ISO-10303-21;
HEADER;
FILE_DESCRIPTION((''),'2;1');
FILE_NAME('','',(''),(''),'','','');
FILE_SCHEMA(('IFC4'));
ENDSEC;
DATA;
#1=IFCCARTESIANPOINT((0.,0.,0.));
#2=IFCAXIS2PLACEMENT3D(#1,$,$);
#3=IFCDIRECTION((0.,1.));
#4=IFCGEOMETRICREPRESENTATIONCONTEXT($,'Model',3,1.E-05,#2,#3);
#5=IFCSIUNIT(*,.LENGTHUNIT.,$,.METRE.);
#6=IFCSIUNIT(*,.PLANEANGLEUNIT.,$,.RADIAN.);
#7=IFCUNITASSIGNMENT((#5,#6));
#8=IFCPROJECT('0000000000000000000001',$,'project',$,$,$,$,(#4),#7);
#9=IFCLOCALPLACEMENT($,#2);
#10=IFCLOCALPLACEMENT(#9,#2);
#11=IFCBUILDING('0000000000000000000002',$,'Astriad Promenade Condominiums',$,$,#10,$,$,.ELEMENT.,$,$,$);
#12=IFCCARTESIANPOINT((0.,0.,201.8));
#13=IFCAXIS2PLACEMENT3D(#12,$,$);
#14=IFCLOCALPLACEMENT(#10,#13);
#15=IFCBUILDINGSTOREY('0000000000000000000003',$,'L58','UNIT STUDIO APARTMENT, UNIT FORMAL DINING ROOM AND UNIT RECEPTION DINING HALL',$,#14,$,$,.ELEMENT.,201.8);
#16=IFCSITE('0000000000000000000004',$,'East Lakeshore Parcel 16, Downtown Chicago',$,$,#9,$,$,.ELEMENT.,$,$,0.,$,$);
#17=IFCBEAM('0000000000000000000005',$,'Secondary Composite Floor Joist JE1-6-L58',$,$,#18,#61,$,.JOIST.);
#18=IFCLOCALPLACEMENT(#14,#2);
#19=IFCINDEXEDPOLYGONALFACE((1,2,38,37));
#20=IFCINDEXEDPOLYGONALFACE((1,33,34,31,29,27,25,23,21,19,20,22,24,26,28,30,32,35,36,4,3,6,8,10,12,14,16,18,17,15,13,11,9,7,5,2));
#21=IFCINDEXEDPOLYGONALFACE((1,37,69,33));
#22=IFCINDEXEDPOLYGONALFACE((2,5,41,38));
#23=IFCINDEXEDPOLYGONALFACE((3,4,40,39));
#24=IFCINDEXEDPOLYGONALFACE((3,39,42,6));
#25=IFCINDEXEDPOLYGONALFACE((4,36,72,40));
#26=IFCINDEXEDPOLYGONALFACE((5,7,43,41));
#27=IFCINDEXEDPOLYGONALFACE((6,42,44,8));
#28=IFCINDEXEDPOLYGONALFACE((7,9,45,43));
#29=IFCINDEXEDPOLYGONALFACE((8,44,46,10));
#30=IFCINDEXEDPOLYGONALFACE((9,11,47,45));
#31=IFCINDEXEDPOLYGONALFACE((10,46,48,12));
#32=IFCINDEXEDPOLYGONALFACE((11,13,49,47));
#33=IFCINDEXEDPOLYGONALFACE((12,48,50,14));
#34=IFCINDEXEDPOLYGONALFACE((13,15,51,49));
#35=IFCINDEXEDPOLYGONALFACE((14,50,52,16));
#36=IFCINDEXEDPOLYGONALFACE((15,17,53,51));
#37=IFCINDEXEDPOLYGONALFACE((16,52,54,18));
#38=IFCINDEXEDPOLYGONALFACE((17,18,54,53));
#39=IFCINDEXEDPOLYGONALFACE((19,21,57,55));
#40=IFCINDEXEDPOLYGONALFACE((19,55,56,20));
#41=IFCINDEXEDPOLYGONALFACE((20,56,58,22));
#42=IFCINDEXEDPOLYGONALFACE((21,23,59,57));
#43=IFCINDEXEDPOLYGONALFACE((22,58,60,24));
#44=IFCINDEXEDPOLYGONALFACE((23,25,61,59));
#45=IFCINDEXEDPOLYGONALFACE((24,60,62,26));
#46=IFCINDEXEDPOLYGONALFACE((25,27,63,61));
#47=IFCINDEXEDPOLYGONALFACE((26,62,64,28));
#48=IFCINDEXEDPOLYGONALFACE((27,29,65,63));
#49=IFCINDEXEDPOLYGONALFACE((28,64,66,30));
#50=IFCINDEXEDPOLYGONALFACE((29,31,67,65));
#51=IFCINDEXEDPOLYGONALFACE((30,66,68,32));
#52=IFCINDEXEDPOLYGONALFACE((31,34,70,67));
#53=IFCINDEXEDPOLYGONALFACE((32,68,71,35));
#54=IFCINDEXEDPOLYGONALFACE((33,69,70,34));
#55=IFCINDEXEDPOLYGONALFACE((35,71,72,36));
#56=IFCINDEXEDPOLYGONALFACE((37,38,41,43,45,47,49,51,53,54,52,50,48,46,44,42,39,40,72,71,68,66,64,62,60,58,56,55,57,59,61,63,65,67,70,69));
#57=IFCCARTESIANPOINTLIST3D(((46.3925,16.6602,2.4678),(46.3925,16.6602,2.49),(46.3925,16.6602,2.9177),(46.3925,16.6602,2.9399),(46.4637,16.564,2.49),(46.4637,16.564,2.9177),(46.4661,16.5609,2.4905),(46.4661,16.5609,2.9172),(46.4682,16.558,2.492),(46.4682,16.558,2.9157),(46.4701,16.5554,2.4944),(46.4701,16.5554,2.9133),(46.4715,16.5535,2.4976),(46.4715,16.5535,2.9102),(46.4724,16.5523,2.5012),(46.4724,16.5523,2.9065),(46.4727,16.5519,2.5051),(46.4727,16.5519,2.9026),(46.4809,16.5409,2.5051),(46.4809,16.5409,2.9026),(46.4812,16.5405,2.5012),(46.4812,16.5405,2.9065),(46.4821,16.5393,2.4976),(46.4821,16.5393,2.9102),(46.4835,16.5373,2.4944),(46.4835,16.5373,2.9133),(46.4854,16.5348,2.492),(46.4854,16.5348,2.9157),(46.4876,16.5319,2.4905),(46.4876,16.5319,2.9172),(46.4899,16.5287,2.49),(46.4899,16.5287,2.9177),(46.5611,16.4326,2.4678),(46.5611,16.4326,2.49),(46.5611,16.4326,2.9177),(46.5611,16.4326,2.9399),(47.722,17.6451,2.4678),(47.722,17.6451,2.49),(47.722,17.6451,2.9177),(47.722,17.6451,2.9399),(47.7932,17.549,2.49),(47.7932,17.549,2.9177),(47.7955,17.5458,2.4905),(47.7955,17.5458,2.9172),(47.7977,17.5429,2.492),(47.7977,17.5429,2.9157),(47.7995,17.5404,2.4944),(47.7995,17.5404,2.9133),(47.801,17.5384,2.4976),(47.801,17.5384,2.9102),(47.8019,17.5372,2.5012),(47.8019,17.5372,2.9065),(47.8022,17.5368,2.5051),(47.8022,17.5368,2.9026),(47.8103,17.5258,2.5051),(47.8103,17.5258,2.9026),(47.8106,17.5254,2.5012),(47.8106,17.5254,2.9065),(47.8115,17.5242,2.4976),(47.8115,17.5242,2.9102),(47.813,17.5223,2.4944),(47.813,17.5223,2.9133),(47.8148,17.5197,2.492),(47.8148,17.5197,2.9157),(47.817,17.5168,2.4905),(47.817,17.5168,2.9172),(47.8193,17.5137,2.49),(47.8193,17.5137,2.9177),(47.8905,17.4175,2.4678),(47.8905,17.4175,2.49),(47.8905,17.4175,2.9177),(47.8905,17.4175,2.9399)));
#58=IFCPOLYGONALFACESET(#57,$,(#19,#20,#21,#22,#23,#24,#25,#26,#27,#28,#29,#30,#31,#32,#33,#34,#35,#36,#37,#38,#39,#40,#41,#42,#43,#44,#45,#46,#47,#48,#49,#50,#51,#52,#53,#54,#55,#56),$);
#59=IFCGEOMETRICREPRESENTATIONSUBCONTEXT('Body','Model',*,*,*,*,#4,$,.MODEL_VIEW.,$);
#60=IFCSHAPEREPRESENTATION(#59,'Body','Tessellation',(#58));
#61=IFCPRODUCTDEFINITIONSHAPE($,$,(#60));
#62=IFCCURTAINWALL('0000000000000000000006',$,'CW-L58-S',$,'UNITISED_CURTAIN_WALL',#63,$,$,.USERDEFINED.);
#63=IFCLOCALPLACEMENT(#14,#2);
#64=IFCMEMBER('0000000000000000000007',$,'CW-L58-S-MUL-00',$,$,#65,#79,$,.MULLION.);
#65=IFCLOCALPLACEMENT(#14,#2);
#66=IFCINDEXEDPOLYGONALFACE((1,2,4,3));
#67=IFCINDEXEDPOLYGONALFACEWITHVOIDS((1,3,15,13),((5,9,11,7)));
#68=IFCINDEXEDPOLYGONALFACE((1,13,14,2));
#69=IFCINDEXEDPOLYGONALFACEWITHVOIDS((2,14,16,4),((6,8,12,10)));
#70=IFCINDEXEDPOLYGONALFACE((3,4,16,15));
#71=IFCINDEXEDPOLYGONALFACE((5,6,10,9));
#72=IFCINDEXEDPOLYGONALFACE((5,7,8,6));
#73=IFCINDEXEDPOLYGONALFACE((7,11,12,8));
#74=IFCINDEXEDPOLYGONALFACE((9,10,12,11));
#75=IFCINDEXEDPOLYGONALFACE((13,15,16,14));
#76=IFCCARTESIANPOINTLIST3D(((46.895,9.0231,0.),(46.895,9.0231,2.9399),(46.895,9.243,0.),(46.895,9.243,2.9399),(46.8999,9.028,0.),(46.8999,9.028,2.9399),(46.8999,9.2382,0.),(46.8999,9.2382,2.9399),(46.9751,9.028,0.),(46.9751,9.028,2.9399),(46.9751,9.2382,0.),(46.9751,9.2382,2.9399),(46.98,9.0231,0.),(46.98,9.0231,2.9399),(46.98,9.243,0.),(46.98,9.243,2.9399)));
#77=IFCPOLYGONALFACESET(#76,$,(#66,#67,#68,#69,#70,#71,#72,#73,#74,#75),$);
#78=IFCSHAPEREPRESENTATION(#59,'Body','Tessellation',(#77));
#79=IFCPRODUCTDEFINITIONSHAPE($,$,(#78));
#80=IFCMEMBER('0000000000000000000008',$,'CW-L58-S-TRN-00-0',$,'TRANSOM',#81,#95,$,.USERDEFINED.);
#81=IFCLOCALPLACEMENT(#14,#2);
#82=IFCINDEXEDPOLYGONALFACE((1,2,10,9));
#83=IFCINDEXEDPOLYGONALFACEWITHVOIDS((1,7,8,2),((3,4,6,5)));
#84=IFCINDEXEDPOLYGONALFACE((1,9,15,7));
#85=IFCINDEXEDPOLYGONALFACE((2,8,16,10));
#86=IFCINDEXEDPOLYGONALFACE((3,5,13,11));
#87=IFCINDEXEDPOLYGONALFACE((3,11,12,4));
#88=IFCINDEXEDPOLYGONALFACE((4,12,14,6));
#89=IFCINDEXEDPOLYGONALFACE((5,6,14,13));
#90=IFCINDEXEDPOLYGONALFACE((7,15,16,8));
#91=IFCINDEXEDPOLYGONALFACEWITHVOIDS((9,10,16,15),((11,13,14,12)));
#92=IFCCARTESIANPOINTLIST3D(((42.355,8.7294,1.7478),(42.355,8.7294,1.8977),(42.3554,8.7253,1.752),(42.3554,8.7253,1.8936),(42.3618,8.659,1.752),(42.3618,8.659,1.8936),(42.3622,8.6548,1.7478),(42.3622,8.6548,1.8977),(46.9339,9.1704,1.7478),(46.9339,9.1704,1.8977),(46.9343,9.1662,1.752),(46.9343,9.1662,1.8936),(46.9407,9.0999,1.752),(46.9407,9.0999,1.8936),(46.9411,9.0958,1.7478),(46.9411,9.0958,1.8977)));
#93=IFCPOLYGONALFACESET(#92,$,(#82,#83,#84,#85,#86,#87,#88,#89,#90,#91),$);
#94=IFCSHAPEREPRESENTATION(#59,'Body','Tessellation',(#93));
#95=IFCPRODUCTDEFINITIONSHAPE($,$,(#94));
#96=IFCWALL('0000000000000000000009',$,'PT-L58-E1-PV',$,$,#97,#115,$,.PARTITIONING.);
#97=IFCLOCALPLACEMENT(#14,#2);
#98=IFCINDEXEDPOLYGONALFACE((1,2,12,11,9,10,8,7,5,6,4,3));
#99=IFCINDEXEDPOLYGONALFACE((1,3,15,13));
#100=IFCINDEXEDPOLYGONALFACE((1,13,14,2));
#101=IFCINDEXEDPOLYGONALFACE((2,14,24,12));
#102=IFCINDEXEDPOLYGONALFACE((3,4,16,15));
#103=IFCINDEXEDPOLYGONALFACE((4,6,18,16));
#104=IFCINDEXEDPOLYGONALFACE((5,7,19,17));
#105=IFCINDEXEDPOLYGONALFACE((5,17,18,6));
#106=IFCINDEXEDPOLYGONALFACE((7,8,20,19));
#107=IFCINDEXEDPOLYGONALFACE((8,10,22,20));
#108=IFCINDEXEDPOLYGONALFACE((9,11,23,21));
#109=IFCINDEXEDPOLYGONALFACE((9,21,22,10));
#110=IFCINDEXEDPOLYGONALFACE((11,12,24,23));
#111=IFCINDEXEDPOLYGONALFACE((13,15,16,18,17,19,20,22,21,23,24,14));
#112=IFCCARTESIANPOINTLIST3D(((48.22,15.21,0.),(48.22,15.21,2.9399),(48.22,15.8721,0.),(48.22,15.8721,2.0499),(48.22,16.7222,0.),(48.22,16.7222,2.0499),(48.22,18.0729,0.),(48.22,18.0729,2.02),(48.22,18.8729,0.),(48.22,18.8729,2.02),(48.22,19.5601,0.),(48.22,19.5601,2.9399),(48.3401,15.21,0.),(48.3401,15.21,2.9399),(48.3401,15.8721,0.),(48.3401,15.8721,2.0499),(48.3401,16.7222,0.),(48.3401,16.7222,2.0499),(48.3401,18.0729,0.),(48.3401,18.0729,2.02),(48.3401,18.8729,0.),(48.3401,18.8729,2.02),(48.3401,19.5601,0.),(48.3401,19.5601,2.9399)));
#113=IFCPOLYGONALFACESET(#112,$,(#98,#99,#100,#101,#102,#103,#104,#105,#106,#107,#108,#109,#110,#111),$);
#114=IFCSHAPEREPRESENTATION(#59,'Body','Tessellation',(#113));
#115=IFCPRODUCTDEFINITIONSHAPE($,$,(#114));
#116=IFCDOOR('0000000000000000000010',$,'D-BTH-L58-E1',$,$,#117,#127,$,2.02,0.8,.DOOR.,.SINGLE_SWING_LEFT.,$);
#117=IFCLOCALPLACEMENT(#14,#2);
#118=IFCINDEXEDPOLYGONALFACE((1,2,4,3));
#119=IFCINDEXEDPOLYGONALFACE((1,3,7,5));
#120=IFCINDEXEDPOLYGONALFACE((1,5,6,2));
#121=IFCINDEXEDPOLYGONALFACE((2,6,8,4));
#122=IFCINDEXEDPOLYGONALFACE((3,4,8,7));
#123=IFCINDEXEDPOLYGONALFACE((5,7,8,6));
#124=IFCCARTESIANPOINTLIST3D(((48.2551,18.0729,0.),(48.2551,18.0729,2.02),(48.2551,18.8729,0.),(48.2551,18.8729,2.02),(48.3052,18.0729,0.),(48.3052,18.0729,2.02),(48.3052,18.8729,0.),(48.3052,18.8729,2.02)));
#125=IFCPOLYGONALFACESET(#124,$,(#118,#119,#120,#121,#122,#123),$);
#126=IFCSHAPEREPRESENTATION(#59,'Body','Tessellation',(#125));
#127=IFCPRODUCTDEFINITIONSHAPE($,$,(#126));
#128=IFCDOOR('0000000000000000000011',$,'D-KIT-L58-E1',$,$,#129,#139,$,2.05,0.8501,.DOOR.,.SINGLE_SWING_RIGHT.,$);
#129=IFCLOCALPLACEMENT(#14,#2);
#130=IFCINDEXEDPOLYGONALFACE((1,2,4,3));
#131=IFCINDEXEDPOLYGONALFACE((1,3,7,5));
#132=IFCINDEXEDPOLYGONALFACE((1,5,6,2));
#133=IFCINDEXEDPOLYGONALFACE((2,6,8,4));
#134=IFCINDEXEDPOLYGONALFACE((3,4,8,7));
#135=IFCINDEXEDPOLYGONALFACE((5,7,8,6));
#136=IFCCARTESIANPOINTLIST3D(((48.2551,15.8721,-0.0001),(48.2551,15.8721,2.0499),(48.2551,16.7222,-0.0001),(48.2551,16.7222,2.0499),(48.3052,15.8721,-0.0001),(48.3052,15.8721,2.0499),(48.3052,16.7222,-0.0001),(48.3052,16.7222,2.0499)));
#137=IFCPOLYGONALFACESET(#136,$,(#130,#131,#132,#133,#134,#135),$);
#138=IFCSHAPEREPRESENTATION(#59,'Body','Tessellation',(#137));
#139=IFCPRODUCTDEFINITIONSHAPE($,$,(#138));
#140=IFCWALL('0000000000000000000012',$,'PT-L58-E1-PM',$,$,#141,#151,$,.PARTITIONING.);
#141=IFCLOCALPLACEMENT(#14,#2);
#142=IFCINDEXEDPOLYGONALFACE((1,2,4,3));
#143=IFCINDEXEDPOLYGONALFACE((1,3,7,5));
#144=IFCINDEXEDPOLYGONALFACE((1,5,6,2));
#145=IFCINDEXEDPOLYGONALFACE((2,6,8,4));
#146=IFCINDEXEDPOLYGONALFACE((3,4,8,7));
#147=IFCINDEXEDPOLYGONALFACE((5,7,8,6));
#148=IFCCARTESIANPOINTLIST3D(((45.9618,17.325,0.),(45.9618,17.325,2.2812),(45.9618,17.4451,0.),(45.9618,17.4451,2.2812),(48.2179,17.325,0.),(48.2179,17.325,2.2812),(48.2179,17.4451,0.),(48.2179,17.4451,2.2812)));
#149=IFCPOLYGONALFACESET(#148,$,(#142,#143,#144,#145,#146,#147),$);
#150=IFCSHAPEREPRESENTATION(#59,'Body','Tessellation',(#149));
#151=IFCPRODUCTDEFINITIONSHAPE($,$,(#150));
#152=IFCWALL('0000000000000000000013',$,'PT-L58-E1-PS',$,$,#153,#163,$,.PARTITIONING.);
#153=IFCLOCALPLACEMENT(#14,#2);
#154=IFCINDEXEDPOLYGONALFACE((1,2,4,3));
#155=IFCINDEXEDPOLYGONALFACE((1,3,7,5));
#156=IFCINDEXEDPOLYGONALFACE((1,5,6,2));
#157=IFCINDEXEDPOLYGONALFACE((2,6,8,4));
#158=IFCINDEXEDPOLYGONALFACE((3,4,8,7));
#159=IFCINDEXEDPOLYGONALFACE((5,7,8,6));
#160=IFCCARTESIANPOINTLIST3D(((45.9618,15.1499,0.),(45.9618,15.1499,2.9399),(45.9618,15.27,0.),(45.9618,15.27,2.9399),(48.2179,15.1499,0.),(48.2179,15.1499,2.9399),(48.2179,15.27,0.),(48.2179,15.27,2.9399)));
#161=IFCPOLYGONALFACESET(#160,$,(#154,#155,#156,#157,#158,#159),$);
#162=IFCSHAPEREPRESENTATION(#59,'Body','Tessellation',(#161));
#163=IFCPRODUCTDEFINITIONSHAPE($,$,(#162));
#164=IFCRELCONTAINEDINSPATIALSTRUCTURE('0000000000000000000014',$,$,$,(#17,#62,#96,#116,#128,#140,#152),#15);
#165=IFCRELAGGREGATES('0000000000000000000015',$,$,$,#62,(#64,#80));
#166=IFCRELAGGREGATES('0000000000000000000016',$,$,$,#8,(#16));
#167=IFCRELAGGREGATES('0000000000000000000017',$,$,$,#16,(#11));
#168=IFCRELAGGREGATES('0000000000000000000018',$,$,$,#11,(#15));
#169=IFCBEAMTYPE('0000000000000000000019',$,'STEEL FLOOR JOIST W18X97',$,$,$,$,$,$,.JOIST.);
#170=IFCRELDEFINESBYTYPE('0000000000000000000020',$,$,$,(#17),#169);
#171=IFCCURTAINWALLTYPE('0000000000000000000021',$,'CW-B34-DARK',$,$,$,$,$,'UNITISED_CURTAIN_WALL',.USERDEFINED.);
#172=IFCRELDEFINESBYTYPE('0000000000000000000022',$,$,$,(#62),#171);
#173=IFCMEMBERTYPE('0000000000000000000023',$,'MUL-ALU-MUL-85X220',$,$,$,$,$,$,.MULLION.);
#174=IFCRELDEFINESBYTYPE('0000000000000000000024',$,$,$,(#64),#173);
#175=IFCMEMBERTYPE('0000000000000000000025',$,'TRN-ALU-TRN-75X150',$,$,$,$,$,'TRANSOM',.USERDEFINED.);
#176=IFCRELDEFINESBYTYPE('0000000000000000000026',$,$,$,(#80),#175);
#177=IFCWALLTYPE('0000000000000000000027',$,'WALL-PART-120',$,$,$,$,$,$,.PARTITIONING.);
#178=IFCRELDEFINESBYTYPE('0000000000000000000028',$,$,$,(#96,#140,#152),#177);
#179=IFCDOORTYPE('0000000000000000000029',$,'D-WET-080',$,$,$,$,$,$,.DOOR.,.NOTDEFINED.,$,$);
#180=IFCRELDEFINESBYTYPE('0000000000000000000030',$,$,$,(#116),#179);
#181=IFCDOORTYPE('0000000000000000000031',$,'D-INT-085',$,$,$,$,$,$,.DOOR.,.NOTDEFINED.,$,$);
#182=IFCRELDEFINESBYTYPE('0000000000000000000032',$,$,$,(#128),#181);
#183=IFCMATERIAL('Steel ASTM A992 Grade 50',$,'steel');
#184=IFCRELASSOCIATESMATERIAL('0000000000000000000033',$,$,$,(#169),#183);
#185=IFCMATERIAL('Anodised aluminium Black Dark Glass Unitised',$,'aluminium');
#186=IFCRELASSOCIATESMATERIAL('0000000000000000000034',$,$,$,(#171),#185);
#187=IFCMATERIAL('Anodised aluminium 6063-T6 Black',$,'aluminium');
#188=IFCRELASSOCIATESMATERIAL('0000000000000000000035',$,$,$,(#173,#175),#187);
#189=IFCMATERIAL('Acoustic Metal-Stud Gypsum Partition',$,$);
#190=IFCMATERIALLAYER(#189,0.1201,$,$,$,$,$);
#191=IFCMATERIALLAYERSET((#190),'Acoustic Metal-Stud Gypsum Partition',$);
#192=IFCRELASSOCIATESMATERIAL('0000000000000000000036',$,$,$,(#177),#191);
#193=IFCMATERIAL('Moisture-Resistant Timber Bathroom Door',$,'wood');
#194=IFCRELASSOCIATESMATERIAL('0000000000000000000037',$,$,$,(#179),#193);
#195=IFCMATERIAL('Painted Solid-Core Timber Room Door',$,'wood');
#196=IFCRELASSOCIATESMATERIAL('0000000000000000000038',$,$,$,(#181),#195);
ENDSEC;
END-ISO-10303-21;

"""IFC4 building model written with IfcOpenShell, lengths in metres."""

from ifc_helpers import new_model, si_unit, direction, frame, frame_2d, origin, origin_2d, place, context, subcontext, project, spatial, rectangle, hollow_rectangle, i_section, extrude, source, transform, mapped, material, layer, layer_set, material_profile, profile_set, type_object, type_shapes, element, fill, aggregate, save


model = new_model("IFC4")

# Units and contexts
model_context = context("Model", 3, precision=1e-05, world=origin(), true_north=direction((0.0, 1.0)))
body_context = subcontext(model_context, "Body", "Model", "MODEL_VIEW")
ifc_project = project(units=[si_unit("LENGTHUNIT", "METRE"), si_unit("PLANEANGLEUNIT", "RADIAN")], contexts=[model_context])

# Site, building, storey
site_placement = place(None, origin())
site = spatial("IfcSite", under=ifc_project, at=site_placement, Name="East Lakeshore Parcel 16, Downtown Chicago", CompositionType="ELEMENT", RefElevation=0.0)
building_placement = place(site_placement, origin())
building = spatial("IfcBuilding", under=site, at=building_placement, Name="Astriad Promenade Condominiums", CompositionType="ELEMENT")
storey_placement = place(building_placement, frame((0.0, 0.0, 201.8)))
storey = spatial("IfcBuildingStorey", under=building, at=storey_placement, Name="L58", Description="UNIT STUDIO APARTMENT, UNIT FORMAL DINING ROOM AND UNIT RECEPTION DINING HALL", CompositionType="ELEMENT", Elevation=201.8)

# Beam
ifc_material_1 = material(Name="Steel ASTM A992 Grade 50", Category="steel")
ifc_material_profile_1 = material_profile(ifc_material_1, i_section(OverallWidth=0.2832, OverallDepth=0.4722, WebThickness=0.0137, FlangeThickness=0.0222, FilletRadius=0.0151, at=origin_2d()), Name="W18X97")
ifc_profile_set_1 = profile_set([ifc_material_profile_1], Name="Steel ASTM A992 Grade 50")
beam_type_1 = type_object("IfcBeamType", Name="STEEL FLOOR JOIST W18X97", PredefinedType="JOIST", material=ifc_profile_set_1)
shared_shape_1 = source(origin(), body_context, "Body", "SweptSolid", [
    extrude(i_section(OverallWidth=0.2832, OverallDepth=0.4722, WebThickness=0.0137, FlangeThickness=0.0222, FilletRadius=0.0151, at=origin_2d()), origin(), (0.0, 0.0, 1.0), 1.6545),
])
beam_1_placement = place(storey_placement, frame((46.4768, 16.5464, 2.7039), z_axis=(0.80351, 0.595291, 0.0), x_axis=(-0.595291, 0.80351, 0.0)))
element("IfcBeam", 1, at=beam_1_placement, inside=storey, type_object=beam_type_1, Name="Secondary Composite Floor Joist JE1-6-L58", PredefinedType="JOIST", context=body_context, shape_type="MappedRepresentation", body=[
    mapped(shared_shape_1, transform((0.0, 0.0, 0.0), scale=1.0)),
])

# Curtain wall, members
ifc_material_2 = material(Name="Anodised aluminium Black Dark Glass Unitised", Category="aluminium")
curtain_wall_type = type_object("IfcCurtainWallType", Name="CW-B34-DARK", ElementType="UNITISED_CURTAIN_WALL", PredefinedType="USERDEFINED", material=ifc_material_2)
curtain_wall_placement = place(storey_placement, origin())
curtain_wall = element("IfcCurtainWall", 2, at=curtain_wall_placement, inside=storey, type_object=curtain_wall_type, Name="CW-L58-S", ObjectType="UNITISED_CURTAIN_WALL", PredefinedType="USERDEFINED")
ifc_material_3 = material(Name="Anodised aluminium 6063-T6 Black", Category="aluminium")
ifc_material_profile_2 = material_profile(ifc_material_3, hollow_rectangle(XDim=0.085, YDim=0.22, WallThickness=0.0049, at=origin_2d()), Name="ALU-MUL-85X220")
ifc_profile_set_2 = profile_set([ifc_material_profile_2], Name="Anodised aluminium 6063-T6 Black")
member_type_1 = type_object("IfcMemberType", Name="MUL-ALU-MUL-85X220", PredefinedType="MULLION", material=ifc_profile_set_2)
shared_shape_2 = source(origin(), body_context, "Body", "SweptSolid", [
    extrude(hollow_rectangle(XDim=0.085, YDim=0.22, WallThickness=0.0049, at=origin_2d()), origin(), (0.0, 0.0, 1.0), 2.9399),
])
type_shapes(member_type_1, [shared_shape_2])
member_1_placement = place(storey_placement, frame((46.9375, 9.1331, 0.0), z_axis=(0.0, 0.0, 1.0), x_axis=(1.0, 0.0, 0.0)))
member_1 = element("IfcMember", 3, at=member_1_placement, type_object=member_type_1, Name="CW-L58-S-MUL-00", PredefinedType="MULLION", context=body_context, shape_type="MappedRepresentation", body=[
    mapped(shared_shape_2, transform((0.0, 0.0, 0.0), scale=1.0)),
])
ifc_material_profile_3 = material_profile(ifc_material_3, hollow_rectangle(XDim=0.075, YDim=0.1499, WallThickness=0.0042, at=origin_2d()), Name="ALU-TRN-75X150")
ifc_profile_set_3 = profile_set([ifc_material_profile_3], Name="Anodised aluminium 6063-T6 Black")
member_type_2 = type_object("IfcMemberType", Name="TRN-ALU-TRN-75X150", ElementType="TRANSOM", PredefinedType="USERDEFINED", material=ifc_profile_set_3)
shared_shape_3 = source(origin(), body_context, "Body", "SweptSolid", [
    extrude(hollow_rectangle(XDim=0.075, YDim=0.1499, WallThickness=0.0042, at=origin_2d()), origin(), (0.0, 0.0, 1.0), 4.6001),
])
type_shapes(member_type_2, [shared_shape_3])
member_2_placement = place(storey_placement, frame((46.9375, 9.1331, 1.8228), z_axis=(-0.995396, -0.095851, 0.0), x_axis=(0.095851, -0.995396, 0.0)))
member_2 = element("IfcMember", 4, at=member_2_placement, type_object=member_type_2, Name="CW-L58-S-TRN-00-0", ObjectType="TRANSOM", PredefinedType="USERDEFINED", context=body_context, shape_type="MappedRepresentation", body=[
    mapped(shared_shape_3, transform((0.0, 0.0, 0.0), scale=1.0)),
])
aggregate(curtain_wall, [member_1, member_2])

# Wall, openings, doors
ifc_material_4 = material(Name="Acoustic Metal-Stud Gypsum Partition")
ifc_layer = layer(ifc_material_4, 0.1201)
ifc_layer_set = layer_set([ifc_layer], Name="Acoustic Metal-Stud Gypsum Partition")
wall_type = type_object("IfcWallType", Name="WALL-PART-120", PredefinedType="PARTITIONING", material=ifc_layer_set)
wall_1_placement = place(storey_placement, frame((48.28, 15.21, 0.0), z_axis=(0.0, 0.0, 1.0), x_axis=(0.0, 1.0, 0.0)))
wall_1 = element("IfcWall", 5, at=wall_1_placement, inside=storey, type_object=wall_type, Name="PT-L58-E1-PV", PredefinedType="PARTITIONING", context=body_context, shape_type="SweptSolid", body=[
    extrude(rectangle(XDim=4.3501, YDim=0.1201, at=frame_2d((2.175, 0.0))), origin(), (0.0, 0.0, 1.0), 2.9399),
])
opening_1_placement = place(wall_1_placement, frame((0.6621, 0.0, 0.0)))
opening_1 = element("IfcOpeningElement", 6, at=opening_1_placement, cuts=wall_1, PredefinedType="OPENING", context=body_context, shape_type="SweptSolid", body=[
    extrude(rectangle(XDim=0.8501, YDim=2.05, at=frame_2d((0.425, 1.0249))), frame((0.0, 0.0701, 0.0), z_axis=(0.0, -1.0, 0.0), x_axis=(1.0, 0.0, 0.0)), (0.0, 0.0, 1.0), 0.1401),
])
opening_2_placement = place(wall_1_placement, frame((2.863, 0.0, 0.0)))
opening_2 = element("IfcOpeningElement", 7, at=opening_2_placement, cuts=wall_1, PredefinedType="OPENING", context=body_context, shape_type="SweptSolid", body=[
    extrude(rectangle(XDim=0.8, YDim=2.02, at=frame_2d((0.3999, 1.01))), frame((0.0, 0.0701, 0.0), z_axis=(0.0, -1.0, 0.0), x_axis=(1.0, 0.0, 0.0)), (0.0, 0.0, 1.0), 0.1401),
])
ifc_material_5 = material(Name="Moisture-Resistant Timber Bathroom Door", Category="wood")
door_type_1 = type_object("IfcDoorType", Name="D-WET-080", OperationType="NOTDEFINED", PredefinedType="DOOR", material=ifc_material_5)
shared_shape_4 = source(origin(), body_context, "Body", "SweptSolid", [
    extrude(rectangle(XDim=0.8, YDim=2.02, at=frame_2d((0.3999, 1.01))), frame((0.0, 0.0249, 0.0), z_axis=(0.0, -1.0, 0.0), x_axis=(1.0, 0.0, 0.0)), (0.0, 0.0, 1.0), 0.05),
])
type_shapes(door_type_1, [shared_shape_4])
door_1_placement = place(opening_2_placement, origin())
door_1 = element("IfcDoor", 8, at=door_1_placement, inside=storey, type_object=door_type_1, Name="D-BTH-L58-E1", OperationType="SINGLE_SWING_LEFT", OverallHeight=2.02, OverallWidth=0.8, PredefinedType="DOOR", context=body_context, shape_type="MappedRepresentation", body=[
    mapped(shared_shape_4, transform((0.0, 0.0, 0.0), scale=1.0)),
])
fill(opening_2, door_1)
ifc_material_6 = material(Name="Painted Solid-Core Timber Room Door", Category="wood")
door_type_2 = type_object("IfcDoorType", Name="D-INT-085", OperationType="NOTDEFINED", PredefinedType="DOOR", material=ifc_material_6)
shared_shape_5 = source(origin(), body_context, "Body", "SweptSolid", [
    extrude(rectangle(XDim=0.8501, YDim=2.05, at=frame_2d((0.425, 1.0249))), frame((0.0, 0.0249, 0.0), z_axis=(0.0, -1.0, 0.0), x_axis=(1.0, 0.0, 0.0)), (0.0, 0.0, 1.0), 0.05),
])
type_shapes(door_type_2, [shared_shape_5])
door_2_placement = place(opening_1_placement, origin())
door_2 = element("IfcDoor", 9, at=door_2_placement, inside=storey, type_object=door_type_2, Name="D-KIT-L58-E1", OperationType="SINGLE_SWING_RIGHT", OverallHeight=2.05, OverallWidth=0.8501, PredefinedType="DOOR", context=body_context, shape_type="MappedRepresentation", body=[
    mapped(shared_shape_5, transform((0.0, 0.0, 0.0), scale=1.0)),
])
fill(opening_1, door_2)

# Walls
wall_2_placement = place(storey_placement, frame((45.9619, 17.385, 0.0), z_axis=(0.0, 0.0, 1.0), x_axis=(1.0, 0.0, 0.0)))
element("IfcWall", 10, at=wall_2_placement, inside=storey, type_object=wall_type, Name="PT-L58-E1-PM", PredefinedType="PARTITIONING", context=body_context, shape_type="SweptSolid", body=[
    extrude(rectangle(XDim=2.2561, YDim=0.1201, at=frame_2d((1.1279, 0.0))), origin(), (0.0, 0.0, 1.0), 2.2812),
])
wall_3_placement = place(storey_placement, frame((45.9619, 15.21, 0.0), z_axis=(0.0, 0.0, 1.0), x_axis=(1.0, 0.0, 0.0)))
element("IfcWall", 11, at=wall_3_placement, inside=storey, type_object=wall_type, Name="PT-L58-E1-PS", PredefinedType="PARTITIONING", context=body_context, shape_type="SweptSolid", body=[
    extrude(rectangle(XDim=2.2561, YDim=0.1201, at=frame_2d((1.1279, 0.0))), origin(), (0.0, 0.0, 1.0), 2.9399),
])

save(model, "model.ifc")
